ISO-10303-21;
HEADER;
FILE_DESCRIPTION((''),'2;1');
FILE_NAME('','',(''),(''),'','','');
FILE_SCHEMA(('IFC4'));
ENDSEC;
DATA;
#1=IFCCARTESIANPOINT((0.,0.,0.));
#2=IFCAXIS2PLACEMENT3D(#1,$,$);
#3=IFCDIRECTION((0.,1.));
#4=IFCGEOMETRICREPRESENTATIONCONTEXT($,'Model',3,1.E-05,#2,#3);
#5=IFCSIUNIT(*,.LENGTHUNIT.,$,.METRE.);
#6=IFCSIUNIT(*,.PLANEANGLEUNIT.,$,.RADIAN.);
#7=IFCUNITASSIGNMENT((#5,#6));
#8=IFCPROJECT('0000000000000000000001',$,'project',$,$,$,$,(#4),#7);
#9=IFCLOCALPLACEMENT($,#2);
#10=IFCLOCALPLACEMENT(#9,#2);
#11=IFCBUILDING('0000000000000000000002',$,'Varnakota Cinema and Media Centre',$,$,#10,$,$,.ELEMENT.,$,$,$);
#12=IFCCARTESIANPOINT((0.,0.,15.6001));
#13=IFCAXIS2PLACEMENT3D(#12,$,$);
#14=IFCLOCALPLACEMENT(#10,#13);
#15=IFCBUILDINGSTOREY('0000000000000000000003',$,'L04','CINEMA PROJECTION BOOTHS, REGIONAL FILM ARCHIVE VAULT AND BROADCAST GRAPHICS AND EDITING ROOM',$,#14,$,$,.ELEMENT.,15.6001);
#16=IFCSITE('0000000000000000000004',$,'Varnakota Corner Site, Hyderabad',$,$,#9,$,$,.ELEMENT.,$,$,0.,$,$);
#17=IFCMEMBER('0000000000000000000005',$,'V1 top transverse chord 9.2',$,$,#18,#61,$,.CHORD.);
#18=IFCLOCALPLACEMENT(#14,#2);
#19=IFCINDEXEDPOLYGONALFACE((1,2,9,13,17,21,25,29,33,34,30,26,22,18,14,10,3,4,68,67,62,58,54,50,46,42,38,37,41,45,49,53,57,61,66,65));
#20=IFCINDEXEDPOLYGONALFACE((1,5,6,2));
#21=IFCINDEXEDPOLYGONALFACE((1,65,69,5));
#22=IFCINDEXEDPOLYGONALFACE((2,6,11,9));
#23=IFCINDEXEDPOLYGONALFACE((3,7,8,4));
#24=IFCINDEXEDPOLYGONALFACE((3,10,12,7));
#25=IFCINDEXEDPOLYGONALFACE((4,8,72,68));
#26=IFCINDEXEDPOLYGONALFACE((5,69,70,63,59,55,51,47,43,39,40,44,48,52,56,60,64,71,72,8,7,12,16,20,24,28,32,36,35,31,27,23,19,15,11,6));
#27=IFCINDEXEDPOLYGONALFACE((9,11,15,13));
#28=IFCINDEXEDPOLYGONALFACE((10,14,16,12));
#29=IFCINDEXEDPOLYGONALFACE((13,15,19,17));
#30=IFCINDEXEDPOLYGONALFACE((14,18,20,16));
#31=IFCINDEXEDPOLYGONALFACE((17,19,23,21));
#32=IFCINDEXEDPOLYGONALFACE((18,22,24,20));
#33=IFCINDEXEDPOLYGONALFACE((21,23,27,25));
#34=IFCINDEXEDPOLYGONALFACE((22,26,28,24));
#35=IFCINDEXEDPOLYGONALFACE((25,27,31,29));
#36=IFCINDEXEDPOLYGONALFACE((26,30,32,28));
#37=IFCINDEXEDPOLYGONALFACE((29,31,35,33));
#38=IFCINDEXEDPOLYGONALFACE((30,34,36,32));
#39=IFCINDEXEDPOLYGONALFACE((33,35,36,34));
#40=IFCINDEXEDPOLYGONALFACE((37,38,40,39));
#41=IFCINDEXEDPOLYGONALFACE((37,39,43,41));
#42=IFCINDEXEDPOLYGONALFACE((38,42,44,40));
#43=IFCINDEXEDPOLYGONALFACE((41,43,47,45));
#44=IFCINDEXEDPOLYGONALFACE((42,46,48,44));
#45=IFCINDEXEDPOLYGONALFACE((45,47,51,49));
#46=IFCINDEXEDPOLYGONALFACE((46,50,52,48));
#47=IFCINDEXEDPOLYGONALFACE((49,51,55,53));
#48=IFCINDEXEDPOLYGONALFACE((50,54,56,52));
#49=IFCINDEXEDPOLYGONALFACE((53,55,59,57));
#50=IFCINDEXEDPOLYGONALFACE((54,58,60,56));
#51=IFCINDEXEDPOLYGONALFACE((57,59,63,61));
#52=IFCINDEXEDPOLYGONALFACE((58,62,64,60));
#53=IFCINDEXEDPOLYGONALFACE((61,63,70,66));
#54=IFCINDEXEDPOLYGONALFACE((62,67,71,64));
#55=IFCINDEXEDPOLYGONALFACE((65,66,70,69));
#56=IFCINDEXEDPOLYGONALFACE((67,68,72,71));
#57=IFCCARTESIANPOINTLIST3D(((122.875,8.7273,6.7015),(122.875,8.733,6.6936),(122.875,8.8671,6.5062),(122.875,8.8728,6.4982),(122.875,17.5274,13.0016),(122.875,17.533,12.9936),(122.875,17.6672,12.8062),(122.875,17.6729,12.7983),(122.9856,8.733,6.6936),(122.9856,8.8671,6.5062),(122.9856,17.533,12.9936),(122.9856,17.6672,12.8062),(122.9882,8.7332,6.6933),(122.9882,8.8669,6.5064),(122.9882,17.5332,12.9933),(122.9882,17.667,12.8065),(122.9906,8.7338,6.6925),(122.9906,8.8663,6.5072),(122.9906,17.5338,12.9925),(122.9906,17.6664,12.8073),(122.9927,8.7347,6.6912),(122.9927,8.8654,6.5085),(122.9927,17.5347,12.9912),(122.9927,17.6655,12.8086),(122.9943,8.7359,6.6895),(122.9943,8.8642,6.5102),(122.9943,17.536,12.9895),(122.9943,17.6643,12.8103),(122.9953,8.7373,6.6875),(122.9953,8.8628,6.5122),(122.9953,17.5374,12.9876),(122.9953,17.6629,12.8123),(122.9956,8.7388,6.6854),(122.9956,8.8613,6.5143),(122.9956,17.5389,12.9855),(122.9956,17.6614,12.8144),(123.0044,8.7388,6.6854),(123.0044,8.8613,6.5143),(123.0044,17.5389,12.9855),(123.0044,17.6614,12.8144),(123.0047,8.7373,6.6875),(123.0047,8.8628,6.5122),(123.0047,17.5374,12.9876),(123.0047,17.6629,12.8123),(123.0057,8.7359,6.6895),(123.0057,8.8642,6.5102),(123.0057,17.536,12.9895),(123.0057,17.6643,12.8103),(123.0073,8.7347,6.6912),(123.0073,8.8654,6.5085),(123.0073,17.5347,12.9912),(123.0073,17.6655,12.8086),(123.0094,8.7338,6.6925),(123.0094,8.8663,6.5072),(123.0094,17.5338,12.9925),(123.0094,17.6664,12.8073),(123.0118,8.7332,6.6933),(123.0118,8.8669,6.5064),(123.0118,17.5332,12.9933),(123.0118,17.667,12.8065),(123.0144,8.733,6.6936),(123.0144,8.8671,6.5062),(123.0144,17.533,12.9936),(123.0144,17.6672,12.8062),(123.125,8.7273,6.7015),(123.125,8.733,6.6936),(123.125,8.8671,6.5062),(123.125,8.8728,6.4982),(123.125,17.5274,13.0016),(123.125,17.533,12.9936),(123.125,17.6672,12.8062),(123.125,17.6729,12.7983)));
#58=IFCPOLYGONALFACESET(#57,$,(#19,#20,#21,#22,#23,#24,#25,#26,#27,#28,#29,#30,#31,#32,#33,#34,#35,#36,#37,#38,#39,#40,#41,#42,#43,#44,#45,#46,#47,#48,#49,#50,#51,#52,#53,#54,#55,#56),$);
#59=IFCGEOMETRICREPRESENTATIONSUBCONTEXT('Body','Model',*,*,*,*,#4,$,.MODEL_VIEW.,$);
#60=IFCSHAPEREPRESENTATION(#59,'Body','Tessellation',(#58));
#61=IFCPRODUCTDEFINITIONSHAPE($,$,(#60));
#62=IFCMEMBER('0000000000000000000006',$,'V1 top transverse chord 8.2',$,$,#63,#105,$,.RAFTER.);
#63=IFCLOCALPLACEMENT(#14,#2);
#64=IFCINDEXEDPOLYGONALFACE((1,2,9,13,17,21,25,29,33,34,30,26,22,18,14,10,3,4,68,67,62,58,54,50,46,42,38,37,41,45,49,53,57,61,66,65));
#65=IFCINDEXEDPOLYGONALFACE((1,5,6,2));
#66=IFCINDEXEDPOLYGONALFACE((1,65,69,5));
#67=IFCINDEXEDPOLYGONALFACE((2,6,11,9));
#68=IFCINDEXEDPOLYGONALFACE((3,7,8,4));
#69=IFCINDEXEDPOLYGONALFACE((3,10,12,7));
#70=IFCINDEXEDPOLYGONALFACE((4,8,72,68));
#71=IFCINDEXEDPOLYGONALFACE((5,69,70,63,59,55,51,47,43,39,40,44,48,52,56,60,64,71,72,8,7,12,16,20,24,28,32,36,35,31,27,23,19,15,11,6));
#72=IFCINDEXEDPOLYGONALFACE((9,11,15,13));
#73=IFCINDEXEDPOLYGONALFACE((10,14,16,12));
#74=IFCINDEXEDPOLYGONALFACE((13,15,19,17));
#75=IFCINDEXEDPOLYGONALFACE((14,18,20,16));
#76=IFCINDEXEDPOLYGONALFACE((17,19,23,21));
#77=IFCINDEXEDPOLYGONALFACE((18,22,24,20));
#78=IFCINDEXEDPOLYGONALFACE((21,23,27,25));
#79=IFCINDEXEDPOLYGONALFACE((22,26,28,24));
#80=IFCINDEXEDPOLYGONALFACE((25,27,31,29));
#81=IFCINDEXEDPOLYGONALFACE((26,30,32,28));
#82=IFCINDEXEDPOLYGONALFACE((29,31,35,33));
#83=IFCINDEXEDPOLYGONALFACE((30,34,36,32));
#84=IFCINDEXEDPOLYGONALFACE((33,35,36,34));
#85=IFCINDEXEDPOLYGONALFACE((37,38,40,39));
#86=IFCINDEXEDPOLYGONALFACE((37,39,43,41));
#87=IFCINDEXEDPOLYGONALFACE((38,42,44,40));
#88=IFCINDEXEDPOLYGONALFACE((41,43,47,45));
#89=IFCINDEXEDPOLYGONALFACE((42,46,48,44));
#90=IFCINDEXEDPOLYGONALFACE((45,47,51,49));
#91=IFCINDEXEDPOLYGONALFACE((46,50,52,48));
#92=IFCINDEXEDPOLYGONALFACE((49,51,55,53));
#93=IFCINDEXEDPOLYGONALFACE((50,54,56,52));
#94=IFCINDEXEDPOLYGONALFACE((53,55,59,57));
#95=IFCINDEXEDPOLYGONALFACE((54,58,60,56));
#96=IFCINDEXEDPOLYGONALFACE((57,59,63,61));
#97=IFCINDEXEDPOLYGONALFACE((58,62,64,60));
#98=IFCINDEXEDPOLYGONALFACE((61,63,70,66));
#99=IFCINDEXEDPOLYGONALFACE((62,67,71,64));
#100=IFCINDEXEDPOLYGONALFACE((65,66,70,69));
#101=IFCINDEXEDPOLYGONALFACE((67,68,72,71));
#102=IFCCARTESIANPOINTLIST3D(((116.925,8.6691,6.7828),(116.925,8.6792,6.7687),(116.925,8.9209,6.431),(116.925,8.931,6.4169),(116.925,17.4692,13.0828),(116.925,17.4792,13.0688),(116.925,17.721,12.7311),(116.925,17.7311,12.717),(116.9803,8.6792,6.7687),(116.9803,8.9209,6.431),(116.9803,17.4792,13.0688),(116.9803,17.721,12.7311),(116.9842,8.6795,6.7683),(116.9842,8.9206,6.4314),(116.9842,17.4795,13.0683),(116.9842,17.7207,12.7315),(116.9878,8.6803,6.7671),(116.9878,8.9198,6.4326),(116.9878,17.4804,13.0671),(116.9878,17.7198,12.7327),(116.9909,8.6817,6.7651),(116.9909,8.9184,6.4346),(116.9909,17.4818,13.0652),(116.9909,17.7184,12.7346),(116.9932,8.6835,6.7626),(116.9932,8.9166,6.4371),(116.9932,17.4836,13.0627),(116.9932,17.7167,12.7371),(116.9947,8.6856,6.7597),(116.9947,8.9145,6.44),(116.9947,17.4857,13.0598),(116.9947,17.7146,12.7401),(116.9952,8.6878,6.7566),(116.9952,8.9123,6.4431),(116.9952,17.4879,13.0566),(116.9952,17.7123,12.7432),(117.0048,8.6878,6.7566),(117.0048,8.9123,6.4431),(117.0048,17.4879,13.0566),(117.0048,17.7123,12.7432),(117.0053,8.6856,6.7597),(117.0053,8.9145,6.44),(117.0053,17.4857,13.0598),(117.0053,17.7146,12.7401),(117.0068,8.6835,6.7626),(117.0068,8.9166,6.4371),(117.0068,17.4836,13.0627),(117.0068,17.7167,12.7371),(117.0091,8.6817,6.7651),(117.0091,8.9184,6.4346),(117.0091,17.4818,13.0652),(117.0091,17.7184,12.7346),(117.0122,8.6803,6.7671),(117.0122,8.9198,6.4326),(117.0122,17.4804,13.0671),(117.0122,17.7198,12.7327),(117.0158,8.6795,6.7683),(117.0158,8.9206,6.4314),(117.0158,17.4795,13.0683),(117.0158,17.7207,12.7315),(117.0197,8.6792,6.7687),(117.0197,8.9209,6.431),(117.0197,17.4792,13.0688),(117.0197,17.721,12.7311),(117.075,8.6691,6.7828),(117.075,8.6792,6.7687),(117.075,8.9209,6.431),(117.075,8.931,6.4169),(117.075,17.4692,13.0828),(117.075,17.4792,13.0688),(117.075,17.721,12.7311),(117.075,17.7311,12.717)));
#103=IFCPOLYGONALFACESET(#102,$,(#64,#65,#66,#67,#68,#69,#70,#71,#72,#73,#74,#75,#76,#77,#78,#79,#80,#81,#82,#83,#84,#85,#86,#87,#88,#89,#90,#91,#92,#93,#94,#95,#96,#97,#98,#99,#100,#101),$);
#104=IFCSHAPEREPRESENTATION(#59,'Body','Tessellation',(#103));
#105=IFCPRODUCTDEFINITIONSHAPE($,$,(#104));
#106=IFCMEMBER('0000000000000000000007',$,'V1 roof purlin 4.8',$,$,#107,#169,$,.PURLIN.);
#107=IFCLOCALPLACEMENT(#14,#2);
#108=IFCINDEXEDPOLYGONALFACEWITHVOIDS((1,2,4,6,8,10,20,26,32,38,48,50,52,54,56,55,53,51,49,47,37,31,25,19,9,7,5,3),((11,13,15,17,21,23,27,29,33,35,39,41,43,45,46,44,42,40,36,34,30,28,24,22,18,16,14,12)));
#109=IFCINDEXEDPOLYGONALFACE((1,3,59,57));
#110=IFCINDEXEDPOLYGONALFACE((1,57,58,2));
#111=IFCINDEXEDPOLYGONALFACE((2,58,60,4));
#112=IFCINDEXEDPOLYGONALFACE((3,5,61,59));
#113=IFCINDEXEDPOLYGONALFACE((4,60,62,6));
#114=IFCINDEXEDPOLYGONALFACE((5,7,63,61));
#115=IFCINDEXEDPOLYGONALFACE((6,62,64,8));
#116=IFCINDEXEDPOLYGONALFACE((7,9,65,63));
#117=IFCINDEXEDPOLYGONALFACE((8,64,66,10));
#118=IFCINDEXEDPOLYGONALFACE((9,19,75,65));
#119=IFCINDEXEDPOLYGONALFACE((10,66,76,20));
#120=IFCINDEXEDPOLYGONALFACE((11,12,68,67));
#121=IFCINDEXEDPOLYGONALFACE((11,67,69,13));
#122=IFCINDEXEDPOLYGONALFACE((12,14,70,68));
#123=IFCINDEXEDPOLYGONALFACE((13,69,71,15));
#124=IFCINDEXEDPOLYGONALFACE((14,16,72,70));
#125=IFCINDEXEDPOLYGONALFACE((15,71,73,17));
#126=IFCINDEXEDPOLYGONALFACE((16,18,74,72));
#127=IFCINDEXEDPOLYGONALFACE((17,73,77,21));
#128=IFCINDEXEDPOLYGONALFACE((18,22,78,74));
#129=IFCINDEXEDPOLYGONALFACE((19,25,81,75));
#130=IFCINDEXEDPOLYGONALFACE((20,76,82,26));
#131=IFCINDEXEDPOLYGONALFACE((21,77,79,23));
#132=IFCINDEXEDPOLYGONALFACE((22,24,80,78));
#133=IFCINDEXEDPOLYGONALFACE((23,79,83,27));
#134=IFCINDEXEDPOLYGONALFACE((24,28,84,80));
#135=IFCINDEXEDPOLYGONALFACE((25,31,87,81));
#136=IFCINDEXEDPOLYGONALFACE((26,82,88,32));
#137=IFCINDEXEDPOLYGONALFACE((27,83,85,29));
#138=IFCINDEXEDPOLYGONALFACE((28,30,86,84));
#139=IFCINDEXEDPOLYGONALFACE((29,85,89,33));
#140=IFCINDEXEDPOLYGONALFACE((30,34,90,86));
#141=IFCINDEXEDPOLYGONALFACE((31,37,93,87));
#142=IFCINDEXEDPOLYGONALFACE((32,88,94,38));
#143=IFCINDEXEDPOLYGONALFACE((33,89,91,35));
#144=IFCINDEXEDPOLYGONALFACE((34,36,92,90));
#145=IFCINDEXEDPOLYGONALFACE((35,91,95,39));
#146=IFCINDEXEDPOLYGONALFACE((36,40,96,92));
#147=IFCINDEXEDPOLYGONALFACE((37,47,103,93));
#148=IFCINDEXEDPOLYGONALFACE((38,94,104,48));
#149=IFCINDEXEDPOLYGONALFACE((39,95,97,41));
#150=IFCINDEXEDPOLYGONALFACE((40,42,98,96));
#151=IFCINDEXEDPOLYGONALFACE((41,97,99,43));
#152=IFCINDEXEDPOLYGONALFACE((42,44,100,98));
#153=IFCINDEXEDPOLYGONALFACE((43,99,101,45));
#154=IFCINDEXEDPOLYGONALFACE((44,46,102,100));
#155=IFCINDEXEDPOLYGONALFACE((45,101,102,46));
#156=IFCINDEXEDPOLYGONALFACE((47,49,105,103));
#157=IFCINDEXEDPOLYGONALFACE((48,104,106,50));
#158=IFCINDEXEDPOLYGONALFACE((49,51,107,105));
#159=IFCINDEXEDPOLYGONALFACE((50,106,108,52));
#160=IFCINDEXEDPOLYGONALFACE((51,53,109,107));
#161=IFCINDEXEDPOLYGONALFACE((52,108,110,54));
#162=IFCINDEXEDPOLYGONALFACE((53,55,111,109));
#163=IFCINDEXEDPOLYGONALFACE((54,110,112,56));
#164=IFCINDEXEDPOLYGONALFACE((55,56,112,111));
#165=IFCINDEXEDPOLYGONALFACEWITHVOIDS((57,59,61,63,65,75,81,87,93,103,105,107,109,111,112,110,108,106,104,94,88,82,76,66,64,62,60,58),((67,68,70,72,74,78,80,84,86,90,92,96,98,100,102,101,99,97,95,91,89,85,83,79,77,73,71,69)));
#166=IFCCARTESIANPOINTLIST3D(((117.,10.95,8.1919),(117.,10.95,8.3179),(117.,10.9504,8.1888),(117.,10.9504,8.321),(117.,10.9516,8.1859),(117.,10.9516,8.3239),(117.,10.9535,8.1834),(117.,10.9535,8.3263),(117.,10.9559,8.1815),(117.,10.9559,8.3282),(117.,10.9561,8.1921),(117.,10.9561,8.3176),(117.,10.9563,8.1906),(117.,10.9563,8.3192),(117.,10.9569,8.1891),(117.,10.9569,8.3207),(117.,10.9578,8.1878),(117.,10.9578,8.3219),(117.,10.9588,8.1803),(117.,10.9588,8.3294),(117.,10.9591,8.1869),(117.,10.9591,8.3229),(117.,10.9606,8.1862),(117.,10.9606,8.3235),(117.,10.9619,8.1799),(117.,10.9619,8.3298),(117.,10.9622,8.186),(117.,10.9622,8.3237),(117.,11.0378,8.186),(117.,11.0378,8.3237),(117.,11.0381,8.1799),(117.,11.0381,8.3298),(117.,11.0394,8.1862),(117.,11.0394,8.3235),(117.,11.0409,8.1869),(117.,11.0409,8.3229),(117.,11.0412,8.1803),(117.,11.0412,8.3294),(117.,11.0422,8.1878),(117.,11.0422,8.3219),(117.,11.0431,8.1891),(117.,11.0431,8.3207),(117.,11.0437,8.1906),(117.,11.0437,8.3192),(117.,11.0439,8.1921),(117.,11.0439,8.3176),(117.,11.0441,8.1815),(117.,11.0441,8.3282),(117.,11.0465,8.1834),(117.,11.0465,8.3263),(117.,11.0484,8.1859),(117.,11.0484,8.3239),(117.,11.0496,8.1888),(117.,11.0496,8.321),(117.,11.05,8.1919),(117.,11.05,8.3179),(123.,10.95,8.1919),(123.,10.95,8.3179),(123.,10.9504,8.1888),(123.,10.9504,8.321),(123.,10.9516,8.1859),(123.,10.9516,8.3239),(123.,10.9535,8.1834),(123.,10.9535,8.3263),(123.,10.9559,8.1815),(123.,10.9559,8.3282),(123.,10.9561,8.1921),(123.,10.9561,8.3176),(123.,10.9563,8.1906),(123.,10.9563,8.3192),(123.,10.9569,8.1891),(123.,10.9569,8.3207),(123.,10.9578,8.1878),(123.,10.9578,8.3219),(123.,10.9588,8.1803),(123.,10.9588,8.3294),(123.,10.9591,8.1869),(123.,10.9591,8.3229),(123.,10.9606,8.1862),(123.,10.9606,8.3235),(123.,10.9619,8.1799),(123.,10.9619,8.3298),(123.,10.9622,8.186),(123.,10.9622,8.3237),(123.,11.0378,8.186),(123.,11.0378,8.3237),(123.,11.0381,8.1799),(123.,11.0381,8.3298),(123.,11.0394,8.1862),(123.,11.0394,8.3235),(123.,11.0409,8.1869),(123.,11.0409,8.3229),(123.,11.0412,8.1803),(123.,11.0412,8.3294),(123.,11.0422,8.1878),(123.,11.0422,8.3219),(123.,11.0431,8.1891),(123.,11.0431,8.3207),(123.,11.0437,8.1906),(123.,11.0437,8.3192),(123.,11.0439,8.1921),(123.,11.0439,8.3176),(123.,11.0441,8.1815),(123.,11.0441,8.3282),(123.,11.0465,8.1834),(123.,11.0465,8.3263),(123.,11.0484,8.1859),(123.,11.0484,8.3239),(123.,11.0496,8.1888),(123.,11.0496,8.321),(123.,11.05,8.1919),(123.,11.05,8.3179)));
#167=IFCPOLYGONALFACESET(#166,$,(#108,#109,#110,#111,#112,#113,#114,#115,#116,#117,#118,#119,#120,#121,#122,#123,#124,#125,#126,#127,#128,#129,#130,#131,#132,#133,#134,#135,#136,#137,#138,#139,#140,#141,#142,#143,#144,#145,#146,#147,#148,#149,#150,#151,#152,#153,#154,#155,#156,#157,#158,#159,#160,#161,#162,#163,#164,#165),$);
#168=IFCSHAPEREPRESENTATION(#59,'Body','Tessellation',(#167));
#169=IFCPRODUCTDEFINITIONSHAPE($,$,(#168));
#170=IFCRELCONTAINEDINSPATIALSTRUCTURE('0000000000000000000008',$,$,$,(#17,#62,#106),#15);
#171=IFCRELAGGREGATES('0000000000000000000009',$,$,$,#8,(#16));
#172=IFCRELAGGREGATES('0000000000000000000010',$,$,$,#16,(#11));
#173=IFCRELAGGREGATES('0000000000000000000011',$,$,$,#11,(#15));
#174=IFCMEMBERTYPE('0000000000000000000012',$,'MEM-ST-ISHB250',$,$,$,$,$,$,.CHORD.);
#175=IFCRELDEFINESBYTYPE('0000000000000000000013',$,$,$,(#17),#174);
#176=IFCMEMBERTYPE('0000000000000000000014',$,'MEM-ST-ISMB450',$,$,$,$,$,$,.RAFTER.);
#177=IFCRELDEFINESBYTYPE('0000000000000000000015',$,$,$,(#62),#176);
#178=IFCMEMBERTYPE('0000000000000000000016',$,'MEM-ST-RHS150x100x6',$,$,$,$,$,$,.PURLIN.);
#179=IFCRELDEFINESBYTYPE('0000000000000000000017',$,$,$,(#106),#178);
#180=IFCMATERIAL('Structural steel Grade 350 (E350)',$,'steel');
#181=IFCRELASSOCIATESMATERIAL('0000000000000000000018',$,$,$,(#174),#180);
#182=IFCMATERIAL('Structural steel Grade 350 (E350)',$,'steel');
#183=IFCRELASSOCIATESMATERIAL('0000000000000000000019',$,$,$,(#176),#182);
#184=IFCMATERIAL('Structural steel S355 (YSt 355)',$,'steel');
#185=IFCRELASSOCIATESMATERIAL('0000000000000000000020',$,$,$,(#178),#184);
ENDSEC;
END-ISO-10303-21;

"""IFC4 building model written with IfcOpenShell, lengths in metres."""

from ifc_helpers import new_model, si_unit, direction, frame, origin, origin_2d, place, context, subcontext, project, spatial, hollow_rectangle, i_section, extrude, material, material_profile, profile_set, type_object, element, save


model = new_model("IFC4")

# Units and contexts
model_context = context("Model", 3, precision=1e-05, world=origin(), true_north=direction((0.0, 1.0)))
body_context = subcontext(model_context, "Body", "Model", "MODEL_VIEW")
ifc_project = project(units=[si_unit("LENGTHUNIT", "METRE"), si_unit("PLANEANGLEUNIT", "RADIAN")], contexts=[model_context])

# Site, building, storey
site_placement = place(None, origin())
site = spatial("IfcSite", under=ifc_project, at=site_placement, Name="Varnakota Corner Site, Hyderabad", CompositionType="ELEMENT", RefElevation=0.0)
building_placement = place(site_placement, origin())
building = spatial("IfcBuilding", under=site, at=building_placement, Name="Varnakota Cinema and Media Centre", CompositionType="ELEMENT")
storey_placement = place(building_placement, frame((0.0, 0.0, 15.6001)))
storey = spatial("IfcBuildingStorey", under=building, at=storey_placement, Name="L04", Description="CINEMA PROJECTION BOOTHS, REGIONAL FILM ARCHIVE VAULT AND BROADCAST GRAPHICS AND EDITING ROOM", CompositionType="ELEMENT", Elevation=15.6001)

# Members
ifc_material_1 = material(Name="Structural steel Grade 350 (E350)", Category="steel")
ifc_material_profile_1 = material_profile(ifc_material_1, i_section(OverallWidth=0.25, OverallDepth=0.25, WebThickness=0.0088, FlangeThickness=0.0098, FilletRadius=0.01, at=origin_2d()), Name="ISHB 250")
ifc_profile_set_1 = profile_set([ifc_material_profile_1], Name="Structural steel Grade 350 (E350)")
member_type_1 = type_object("IfcMemberType", Name="MEM-ST-ISHB250", PredefinedType="CHORD", material=ifc_profile_set_1)
member_1_placement = place(storey_placement, frame((123.0, 8.8, 6.5999), z_axis=(0.0, 0.813108, 0.582113), x_axis=(-1.0, 0.0, 0.0)))
element("IfcMember", 1, at=member_1_placement, inside=storey, type_object=member_type_1, Name="V1 top transverse chord 9.2", PredefinedType="CHORD", context=body_context, shape_type="SweptSolid", body=[
    extrude(i_section(OverallWidth=0.25, OverallDepth=0.25, WebThickness=0.0088, FlangeThickness=0.0098, FilletRadius=0.01, at=origin_2d()), origin(), (0.0, 0.0, 1.0), 10.8228),
])
ifc_material_2 = material(Name="Structural steel Grade 350 (E350)", Category="steel")
ifc_material_profile_2 = material_profile(ifc_material_2, i_section(OverallWidth=0.1499, OverallDepth=0.45, WebThickness=0.0095, FlangeThickness=0.0173, FilletRadius=0.0149, at=origin_2d()), Name="ISMB 450")
ifc_profile_set_2 = profile_set([ifc_material_profile_2], Name="Structural steel Grade 350 (E350)")
member_type_2 = type_object("IfcMemberType", Name="MEM-ST-ISMB450", PredefinedType="RAFTER", material=ifc_profile_set_2)
member_2_placement = place(storey_placement, frame((117.0, 8.8, 6.5999), z_axis=(0.0, 0.813108, 0.582113), x_axis=(-1.0, 0.0, 0.0)))
element("IfcMember", 2, at=member_2_placement, inside=storey, type_object=member_type_2, Name="V1 top transverse chord 8.2", PredefinedType="RAFTER", context=body_context, shape_type="SweptSolid", body=[
    extrude(i_section(OverallWidth=0.1499, OverallDepth=0.45, WebThickness=0.0095, FlangeThickness=0.0173, FilletRadius=0.0149, at=origin_2d()), origin(), (0.0, 0.0, 1.0), 10.8228),
])
ifc_material_3 = material(Name="Structural steel S355 (YSt 355)", Category="steel")
ifc_material_profile_3 = material_profile(ifc_material_3, hollow_rectangle(XDim=0.1001, YDim=0.1499, WallThickness=0.0061, InnerFilletRadius=0.0061, OuterFilletRadius=0.012, at=origin_2d()), Name="RHS 150x100x6")
ifc_profile_set_3 = profile_set([ifc_material_profile_3], Name="Structural steel S355 (YSt 355)")
member_type_3 = type_object("IfcMemberType", Name="MEM-ST-RHS150x100x6", PredefinedType="PURLIN", material=ifc_profile_set_3)
for number, where, z_axis, x_axis, name in (
    (3, (117.0, 11.0, 8.2549), (1.0, 0.0, 0.0), (0.0, 1.0, 0.0), "V1 roof purlin 4.8"),
):
    element("IfcMember", number, at=place(storey_placement, frame(where, z_axis=z_axis, x_axis=x_axis)), inside=storey, type_object=member_type_3, Name=name, PredefinedType="PURLIN", context=body_context, shape_type="SweptSolid", body=[
        extrude(hollow_rectangle(XDim=0.1001, YDim=0.1499, WallThickness=0.0061, InnerFilletRadius=0.0061, OuterFilletRadius=0.012, at=origin_2d()), origin(), (0.0, 0.0, 1.0), 6.0),
    ])

save(model, "model.ifc")
